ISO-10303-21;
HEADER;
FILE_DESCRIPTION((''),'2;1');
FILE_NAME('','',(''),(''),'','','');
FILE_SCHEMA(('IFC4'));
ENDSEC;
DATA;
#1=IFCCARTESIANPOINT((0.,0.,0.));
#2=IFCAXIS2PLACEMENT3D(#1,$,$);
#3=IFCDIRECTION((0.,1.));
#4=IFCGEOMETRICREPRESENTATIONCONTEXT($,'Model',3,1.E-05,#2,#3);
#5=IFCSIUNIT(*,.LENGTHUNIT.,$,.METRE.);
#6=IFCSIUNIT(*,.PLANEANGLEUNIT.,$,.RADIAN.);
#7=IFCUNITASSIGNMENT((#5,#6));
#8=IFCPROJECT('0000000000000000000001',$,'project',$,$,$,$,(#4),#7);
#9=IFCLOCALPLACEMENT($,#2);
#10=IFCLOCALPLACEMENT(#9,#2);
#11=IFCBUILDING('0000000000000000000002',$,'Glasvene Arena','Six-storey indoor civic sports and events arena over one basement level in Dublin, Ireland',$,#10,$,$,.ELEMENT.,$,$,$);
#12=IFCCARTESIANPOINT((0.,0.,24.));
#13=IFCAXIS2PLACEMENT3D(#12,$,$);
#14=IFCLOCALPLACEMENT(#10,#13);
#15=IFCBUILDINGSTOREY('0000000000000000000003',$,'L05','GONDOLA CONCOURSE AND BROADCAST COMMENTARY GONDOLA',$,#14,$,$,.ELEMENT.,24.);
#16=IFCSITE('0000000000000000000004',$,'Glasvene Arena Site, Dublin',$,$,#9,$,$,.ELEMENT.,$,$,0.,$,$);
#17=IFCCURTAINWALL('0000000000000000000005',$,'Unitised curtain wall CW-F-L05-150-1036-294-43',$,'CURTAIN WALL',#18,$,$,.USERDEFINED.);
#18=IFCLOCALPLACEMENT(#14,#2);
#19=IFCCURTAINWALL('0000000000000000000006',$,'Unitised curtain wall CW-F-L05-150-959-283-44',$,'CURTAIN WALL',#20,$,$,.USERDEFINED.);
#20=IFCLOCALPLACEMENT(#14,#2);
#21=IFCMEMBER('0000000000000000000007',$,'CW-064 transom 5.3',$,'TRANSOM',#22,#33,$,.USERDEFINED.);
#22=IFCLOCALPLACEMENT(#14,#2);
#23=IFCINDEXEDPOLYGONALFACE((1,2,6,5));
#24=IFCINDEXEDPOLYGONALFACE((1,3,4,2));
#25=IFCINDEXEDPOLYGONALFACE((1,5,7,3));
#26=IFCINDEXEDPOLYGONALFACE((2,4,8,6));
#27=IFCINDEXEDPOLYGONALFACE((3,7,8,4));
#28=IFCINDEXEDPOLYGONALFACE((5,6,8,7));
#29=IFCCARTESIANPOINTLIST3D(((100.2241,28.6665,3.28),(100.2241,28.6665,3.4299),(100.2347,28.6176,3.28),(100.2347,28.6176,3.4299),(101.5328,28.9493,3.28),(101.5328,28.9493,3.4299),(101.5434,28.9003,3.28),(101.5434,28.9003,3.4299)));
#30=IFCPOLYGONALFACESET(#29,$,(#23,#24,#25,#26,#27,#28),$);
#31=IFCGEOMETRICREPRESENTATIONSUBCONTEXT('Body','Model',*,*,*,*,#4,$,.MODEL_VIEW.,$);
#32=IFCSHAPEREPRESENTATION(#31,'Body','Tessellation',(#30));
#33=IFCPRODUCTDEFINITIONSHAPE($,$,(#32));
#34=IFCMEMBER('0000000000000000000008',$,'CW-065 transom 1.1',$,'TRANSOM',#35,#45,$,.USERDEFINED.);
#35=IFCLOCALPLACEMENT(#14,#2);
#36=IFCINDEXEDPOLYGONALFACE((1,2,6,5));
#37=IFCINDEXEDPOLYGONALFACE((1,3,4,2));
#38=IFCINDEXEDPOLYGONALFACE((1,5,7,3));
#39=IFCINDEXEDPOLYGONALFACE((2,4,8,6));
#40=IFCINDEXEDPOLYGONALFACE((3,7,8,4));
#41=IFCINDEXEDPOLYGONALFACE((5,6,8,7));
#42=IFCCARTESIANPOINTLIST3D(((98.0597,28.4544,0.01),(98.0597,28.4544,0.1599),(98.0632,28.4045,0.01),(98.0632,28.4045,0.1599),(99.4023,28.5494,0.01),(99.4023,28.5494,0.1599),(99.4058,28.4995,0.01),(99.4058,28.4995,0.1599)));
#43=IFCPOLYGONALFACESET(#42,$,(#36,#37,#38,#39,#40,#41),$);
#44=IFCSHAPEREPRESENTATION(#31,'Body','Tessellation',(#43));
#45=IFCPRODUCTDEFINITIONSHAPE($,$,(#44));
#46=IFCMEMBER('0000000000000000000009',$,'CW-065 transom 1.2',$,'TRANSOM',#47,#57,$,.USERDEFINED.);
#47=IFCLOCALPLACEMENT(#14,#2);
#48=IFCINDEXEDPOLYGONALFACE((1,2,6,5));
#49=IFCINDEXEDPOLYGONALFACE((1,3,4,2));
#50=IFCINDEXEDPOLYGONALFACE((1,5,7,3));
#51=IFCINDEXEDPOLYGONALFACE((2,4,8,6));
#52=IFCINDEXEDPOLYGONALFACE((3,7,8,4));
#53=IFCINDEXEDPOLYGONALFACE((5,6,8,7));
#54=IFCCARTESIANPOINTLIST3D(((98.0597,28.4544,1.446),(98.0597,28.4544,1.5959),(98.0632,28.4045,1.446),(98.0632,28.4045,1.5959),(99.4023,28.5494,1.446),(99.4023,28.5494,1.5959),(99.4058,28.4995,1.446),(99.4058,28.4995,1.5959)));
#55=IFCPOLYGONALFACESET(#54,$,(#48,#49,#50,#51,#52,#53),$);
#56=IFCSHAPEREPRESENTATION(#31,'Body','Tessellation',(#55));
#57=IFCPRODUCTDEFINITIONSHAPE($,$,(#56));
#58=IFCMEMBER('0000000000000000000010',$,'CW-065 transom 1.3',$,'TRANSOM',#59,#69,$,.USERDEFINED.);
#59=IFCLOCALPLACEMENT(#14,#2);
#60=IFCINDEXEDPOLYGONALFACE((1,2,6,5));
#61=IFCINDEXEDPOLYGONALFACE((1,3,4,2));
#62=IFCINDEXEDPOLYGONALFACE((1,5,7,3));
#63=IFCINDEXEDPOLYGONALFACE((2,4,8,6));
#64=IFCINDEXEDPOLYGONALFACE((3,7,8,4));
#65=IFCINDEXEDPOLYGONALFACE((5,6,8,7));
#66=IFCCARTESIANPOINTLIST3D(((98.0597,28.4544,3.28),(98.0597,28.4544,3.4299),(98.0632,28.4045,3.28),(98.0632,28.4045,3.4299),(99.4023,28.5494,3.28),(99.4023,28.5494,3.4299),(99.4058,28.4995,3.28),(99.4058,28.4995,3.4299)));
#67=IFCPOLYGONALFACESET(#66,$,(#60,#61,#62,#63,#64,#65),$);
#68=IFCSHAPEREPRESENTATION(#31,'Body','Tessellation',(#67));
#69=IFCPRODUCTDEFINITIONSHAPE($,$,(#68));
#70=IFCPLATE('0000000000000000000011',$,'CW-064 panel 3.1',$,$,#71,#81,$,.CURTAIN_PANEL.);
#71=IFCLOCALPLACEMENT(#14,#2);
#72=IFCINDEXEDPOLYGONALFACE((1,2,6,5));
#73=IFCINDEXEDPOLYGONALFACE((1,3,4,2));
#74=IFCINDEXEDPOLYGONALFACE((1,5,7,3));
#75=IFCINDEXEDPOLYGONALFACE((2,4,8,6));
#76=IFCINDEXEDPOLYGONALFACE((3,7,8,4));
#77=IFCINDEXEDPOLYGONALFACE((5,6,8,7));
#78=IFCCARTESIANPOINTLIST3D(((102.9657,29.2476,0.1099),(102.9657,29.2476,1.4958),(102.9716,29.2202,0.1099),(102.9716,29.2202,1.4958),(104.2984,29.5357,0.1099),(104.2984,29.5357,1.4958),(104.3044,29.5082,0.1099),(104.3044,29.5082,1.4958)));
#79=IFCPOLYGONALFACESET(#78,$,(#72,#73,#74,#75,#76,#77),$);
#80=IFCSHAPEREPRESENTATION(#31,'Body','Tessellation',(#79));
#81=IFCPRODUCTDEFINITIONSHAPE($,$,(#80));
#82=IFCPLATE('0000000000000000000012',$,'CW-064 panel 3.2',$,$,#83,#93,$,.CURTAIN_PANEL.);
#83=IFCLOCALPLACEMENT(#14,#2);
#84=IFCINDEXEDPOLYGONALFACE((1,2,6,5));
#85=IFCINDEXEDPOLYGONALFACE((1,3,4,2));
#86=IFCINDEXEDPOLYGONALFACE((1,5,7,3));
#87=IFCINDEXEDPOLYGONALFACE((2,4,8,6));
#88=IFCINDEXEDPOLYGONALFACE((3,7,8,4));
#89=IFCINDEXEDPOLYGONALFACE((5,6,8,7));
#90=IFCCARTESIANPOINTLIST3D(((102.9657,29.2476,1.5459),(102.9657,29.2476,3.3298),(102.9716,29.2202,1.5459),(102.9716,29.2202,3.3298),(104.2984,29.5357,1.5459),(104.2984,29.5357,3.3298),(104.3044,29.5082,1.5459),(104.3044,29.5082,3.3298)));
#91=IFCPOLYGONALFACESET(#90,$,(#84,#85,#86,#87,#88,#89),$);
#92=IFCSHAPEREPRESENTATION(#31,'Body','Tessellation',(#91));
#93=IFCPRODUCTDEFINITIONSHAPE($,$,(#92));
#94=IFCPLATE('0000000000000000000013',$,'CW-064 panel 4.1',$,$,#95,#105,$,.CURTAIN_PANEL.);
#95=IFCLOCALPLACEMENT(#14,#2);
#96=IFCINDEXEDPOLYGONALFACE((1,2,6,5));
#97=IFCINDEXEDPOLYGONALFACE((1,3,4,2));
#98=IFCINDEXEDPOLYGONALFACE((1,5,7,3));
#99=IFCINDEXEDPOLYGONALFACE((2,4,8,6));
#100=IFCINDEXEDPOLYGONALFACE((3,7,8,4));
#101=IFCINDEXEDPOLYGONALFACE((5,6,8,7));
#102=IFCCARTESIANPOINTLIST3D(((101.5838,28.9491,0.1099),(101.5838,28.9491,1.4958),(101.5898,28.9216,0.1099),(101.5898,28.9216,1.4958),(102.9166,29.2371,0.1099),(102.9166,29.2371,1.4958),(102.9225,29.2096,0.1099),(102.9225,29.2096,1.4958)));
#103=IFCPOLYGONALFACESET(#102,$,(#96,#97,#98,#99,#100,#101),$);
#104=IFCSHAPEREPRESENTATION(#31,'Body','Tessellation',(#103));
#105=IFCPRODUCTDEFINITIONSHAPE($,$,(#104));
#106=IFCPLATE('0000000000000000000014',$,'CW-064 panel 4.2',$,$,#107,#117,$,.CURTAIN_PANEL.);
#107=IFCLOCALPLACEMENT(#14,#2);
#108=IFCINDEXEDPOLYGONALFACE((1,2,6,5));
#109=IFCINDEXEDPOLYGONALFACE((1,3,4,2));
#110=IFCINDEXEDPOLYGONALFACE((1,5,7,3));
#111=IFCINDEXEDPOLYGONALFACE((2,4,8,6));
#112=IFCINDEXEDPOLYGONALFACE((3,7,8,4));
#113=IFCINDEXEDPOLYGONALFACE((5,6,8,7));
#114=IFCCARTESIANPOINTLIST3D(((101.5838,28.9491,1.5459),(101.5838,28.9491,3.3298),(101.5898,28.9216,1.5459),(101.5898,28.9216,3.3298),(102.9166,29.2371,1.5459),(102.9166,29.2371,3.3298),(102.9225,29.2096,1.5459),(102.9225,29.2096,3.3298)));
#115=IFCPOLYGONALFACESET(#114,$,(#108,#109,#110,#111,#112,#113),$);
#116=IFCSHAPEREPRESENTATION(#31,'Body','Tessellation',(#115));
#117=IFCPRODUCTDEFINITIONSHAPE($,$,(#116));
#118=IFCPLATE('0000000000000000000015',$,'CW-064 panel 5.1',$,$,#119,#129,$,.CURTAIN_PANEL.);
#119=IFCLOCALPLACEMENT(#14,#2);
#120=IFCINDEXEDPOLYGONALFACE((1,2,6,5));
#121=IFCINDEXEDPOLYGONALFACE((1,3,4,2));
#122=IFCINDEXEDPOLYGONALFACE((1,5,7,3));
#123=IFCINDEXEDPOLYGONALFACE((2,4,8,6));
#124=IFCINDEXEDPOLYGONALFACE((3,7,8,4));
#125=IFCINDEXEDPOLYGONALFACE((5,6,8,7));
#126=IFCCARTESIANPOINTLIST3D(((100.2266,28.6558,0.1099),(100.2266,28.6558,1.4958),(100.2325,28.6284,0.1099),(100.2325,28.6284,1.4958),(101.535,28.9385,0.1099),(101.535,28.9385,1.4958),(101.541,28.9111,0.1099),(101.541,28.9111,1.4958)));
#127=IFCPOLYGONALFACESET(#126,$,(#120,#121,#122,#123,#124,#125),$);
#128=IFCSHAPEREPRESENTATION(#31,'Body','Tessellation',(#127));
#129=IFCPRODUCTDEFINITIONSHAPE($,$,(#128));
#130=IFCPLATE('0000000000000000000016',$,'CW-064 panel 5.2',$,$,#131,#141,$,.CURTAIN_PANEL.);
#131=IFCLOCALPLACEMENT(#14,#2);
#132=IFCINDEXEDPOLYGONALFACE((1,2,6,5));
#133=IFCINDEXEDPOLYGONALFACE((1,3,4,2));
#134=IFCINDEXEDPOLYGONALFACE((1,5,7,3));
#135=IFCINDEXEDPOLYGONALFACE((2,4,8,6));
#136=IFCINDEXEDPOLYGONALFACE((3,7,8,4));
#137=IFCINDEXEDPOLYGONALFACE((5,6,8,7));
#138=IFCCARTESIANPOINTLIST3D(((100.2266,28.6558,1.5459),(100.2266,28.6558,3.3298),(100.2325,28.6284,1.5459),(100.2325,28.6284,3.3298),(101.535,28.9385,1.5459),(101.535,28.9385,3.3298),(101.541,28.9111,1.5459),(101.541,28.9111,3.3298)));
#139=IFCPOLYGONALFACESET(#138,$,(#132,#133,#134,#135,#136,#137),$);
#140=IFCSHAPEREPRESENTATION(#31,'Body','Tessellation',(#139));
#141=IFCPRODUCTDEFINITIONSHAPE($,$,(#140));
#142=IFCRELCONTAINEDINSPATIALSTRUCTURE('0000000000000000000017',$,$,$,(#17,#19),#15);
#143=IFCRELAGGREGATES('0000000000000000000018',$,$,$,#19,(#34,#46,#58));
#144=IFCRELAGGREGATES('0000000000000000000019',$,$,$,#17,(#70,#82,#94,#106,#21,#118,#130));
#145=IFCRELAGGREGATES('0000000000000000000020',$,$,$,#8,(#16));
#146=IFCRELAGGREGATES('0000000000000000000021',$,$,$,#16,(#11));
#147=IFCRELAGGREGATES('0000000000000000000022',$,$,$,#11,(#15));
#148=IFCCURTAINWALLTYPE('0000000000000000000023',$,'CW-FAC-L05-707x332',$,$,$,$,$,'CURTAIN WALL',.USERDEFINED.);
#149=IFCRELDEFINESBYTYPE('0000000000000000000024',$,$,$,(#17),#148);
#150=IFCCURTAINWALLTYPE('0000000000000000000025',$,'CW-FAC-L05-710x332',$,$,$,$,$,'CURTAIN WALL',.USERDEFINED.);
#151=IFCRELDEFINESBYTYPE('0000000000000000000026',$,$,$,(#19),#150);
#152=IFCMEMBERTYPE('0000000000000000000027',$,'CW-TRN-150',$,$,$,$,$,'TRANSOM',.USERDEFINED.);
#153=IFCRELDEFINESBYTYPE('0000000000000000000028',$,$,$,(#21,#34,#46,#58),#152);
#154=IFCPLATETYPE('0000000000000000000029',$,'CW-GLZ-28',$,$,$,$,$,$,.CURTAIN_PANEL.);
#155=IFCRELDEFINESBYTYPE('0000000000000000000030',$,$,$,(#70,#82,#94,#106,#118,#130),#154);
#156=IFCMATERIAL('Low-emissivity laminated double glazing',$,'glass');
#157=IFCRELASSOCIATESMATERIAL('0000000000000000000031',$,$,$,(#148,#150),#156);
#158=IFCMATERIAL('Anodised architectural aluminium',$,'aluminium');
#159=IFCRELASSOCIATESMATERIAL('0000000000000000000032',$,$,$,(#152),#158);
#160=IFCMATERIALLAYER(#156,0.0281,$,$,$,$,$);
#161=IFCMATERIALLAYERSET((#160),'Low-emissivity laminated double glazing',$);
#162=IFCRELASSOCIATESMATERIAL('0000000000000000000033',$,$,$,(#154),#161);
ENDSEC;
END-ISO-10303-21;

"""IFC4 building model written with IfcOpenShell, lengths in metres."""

from ifc_helpers import new_model, si_unit, direction, frame, origin, origin_2d, place, context, subcontext, project, spatial, rectangle, extrude, material, layer, layer_set, material_profile, profile_set, type_object, element, aggregate, save


model = new_model("IFC4")

# Units and contexts
model_context = context("Model", 3, precision=1e-05, world=origin(), true_north=direction((0.0, 1.0)))
body_context = subcontext(model_context, "Body", "Model", "MODEL_VIEW")
ifc_project = project(units=[si_unit("LENGTHUNIT", "METRE"), si_unit("PLANEANGLEUNIT", "RADIAN")], contexts=[model_context])

# Site, building, storey
site_placement = place(None, origin())
site = spatial("IfcSite", under=ifc_project, at=site_placement, Name="Glasvene Arena Site, Dublin", CompositionType="ELEMENT", RefElevation=0.0)
building_placement = place(site_placement, origin())
building = spatial("IfcBuilding", under=site, at=building_placement, Name="Glasvene Arena", Description="Six-storey indoor civic sports and events arena over one basement level in Dublin, Ireland", CompositionType="ELEMENT")
storey_placement = place(building_placement, frame((0.0, 0.0, 24.0)))
storey = spatial("IfcBuildingStorey", under=building, at=storey_placement, Name="L05", Description="GONDOLA CONCOURSE AND BROADCAST COMMENTARY GONDOLA", CompositionType="ELEMENT", Elevation=24.0)

# Curtain wall
ifc_material_1 = material(Name="Low-emissivity laminated double glazing", Category="glass")
curtain_wall_type_1 = type_object("IfcCurtainWallType", Name="CW-FAC-L05-707x332", ElementType="CURTAIN WALL", PredefinedType="USERDEFINED", material=ifc_material_1)
curtain_wall_1_placement = place(storey_placement, frame((107.0891, 30.1245, 0.0)))
curtain_wall_1 = element("IfcCurtainWall", 1, at=curtain_wall_1_placement, inside=storey, type_object=curtain_wall_type_1, Name="Unitised curtain wall CW-F-L05-150-1036-294-43", ObjectType="CURTAIN WALL", PredefinedType="USERDEFINED")
ifc_material_2 = material(Name="Anodised architectural aluminium", Category="aluminium")

# Curtain wall
curtain_wall_type_2 = type_object("IfcCurtainWallType", Name="CW-FAC-L05-710x332", ElementType="CURTAIN WALL", PredefinedType="USERDEFINED", material=ifc_material_1)
curtain_wall_2_placement = place(storey_placement, frame((99.4539, 28.5281, 0.0)))
curtain_wall_2 = element("IfcCurtainWall", 2, at=curtain_wall_2_placement, inside=storey, type_object=curtain_wall_type_2, Name="Unitised curtain wall CW-F-L05-150-959-283-44", ObjectType="CURTAIN WALL", PredefinedType="USERDEFINED")

# Members
ifc_material_profile_1 = material_profile(ifc_material_2, rectangle(XDim=0.05, YDim=0.1499, at=origin_2d()), Name="ALU TRANSOM 50x150")
ifc_profile_set_1 = profile_set([ifc_material_profile_1], Name="Anodised architectural aluminium")
member_type_1 = type_object("IfcMemberType", Name="CW-TRN-150", ElementType="TRANSOM", PredefinedType="USERDEFINED", material=ifc_profile_set_1)
member_1_placement = place(storey_placement, frame((101.5381, 28.9248, 3.355), z_axis=(-0.977449, -0.211173, 0.0), x_axis=(0.211173, -0.977449, 0.0)))
member_1 = element("IfcMember", 3, at=member_1_placement, type_object=member_type_1, Name="CW-064 transom 5.3", ObjectType="TRANSOM", PredefinedType="USERDEFINED", context=body_context, shape_type="SweptSolid", body=[
    extrude(rectangle(XDim=0.05, YDim=0.1499, at=origin_2d()), origin(), (0.0, 0.0, 1.0), 1.3389),
])
member_2_placement = place(storey_placement, frame((99.4041, 28.5244, 0.085), z_axis=(-0.997507, -0.070564, 0.0), x_axis=(0.070564, -0.997507, 0.0)))
member_2 = element("IfcMember", 4, at=member_2_placement, type_object=member_type_1, Name="CW-065 transom 1.1", ObjectType="TRANSOM", PredefinedType="USERDEFINED", context=body_context, shape_type="SweptSolid", body=[
    extrude(rectangle(XDim=0.05, YDim=0.1499, at=origin_2d()), origin(), (0.0, 0.0, 1.0), 1.3459),
])
member_3_placement = place(storey_placement, frame((99.4041, 28.5244, 1.521), z_axis=(-0.997507, -0.070564, 0.0), x_axis=(0.070564, -0.997507, 0.0)))
member_3 = element("IfcMember", 5, at=member_3_placement, type_object=member_type_1, Name="CW-065 transom 1.2", ObjectType="TRANSOM", PredefinedType="USERDEFINED", context=body_context, shape_type="SweptSolid", body=[
    extrude(rectangle(XDim=0.05, YDim=0.1499, at=origin_2d()), origin(), (0.0, 0.0, 1.0), 1.3459),
])
member_4_placement = place(storey_placement, frame((99.4041, 28.5244, 3.355), z_axis=(-0.997507, -0.070564, 0.0), x_axis=(0.070564, -0.997507, 0.0)))
member_4 = element("IfcMember", 6, at=member_4_placement, type_object=member_type_1, Name="CW-065 transom 1.3", ObjectType="TRANSOM", PredefinedType="USERDEFINED", context=body_context, shape_type="SweptSolid", body=[
    extrude(rectangle(XDim=0.05, YDim=0.1499, at=origin_2d()), origin(), (0.0, 0.0, 1.0), 1.3459),
])
aggregate(curtain_wall_2, [member_2, member_3, member_4])

# Plates
ifc_layer_1 = layer(ifc_material_1, 0.0281)
ifc_layer_set_1 = layer_set([ifc_layer_1], Name="Low-emissivity laminated double glazing")
plate_type = type_object("IfcPlateType", Name="CW-GLZ-28", PredefinedType="CURTAIN_PANEL", material=ifc_layer_set_1)
plate_1_placement = place(storey_placement, frame((103.635, 29.3779, 0.1099), z_axis=(0.0, 0.0, 1.0), x_axis=(-0.977438, -0.211221, 0.0)))
plate_1 = element("IfcPlate", 7, at=plate_1_placement, type_object=plate_type, Name="CW-064 panel 3.1", PredefinedType="CURTAIN_PANEL", context=body_context, shape_type="SweptSolid", body=[
    extrude(rectangle(XDim=1.3635, YDim=0.0281, at=origin_2d()), origin(), (0.0, 0.0, 1.0), 1.386),
])
plate_2_placement = place(storey_placement, frame((103.635, 29.3779, 1.5459), z_axis=(0.0, 0.0, 1.0), x_axis=(-0.977438, -0.211221, 0.0)))
plate_2 = element("IfcPlate", 8, at=plate_2_placement, type_object=plate_type, Name="CW-064 panel 3.2", PredefinedType="CURTAIN_PANEL", context=body_context, shape_type="SweptSolid", body=[
    extrude(rectangle(XDim=1.3635, YDim=0.0281, at=origin_2d()), origin(), (0.0, 0.0, 1.0), 1.7839),
])
plate_3_placement = place(storey_placement, frame((102.2532, 29.0793, 0.1099), z_axis=(0.0, 0.0, 1.0), x_axis=(-0.977438, -0.211221, 0.0)))
plate_3 = element("IfcPlate", 9, at=plate_3_placement, type_object=plate_type, Name="CW-064 panel 4.1", PredefinedType="CURTAIN_PANEL", context=body_context, shape_type="SweptSolid", body=[
    extrude(rectangle(XDim=1.3635, YDim=0.0281, at=origin_2d()), origin(), (0.0, 0.0, 1.0), 1.386),
])
plate_4_placement = place(storey_placement, frame((102.2532, 29.0793, 1.5459), z_axis=(0.0, 0.0, 1.0), x_axis=(-0.977438, -0.211221, 0.0)))
plate_4 = element("IfcPlate", 10, at=plate_4_placement, type_object=plate_type, Name="CW-064 panel 4.2", PredefinedType="CURTAIN_PANEL", context=body_context, shape_type="SweptSolid", body=[
    extrude(rectangle(XDim=1.3635, YDim=0.0281, at=origin_2d()), origin(), (0.0, 0.0, 1.0), 1.7839),
])
plate_5_placement = place(storey_placement, frame((100.8838, 28.7834, 0.1099), z_axis=(0.0, 0.0, 1.0), x_axis=(-0.977438, -0.211221, 0.0)))
plate_5 = element("IfcPlate", 11, at=plate_5_placement, type_object=plate_type, Name="CW-064 panel 5.1", PredefinedType="CURTAIN_PANEL", context=body_context, shape_type="SweptSolid", body=[
    extrude(rectangle(XDim=1.3386, YDim=0.0281, at=origin_2d()), origin(), (0.0, 0.0, 1.0), 1.386),
])
plate_6_placement = place(storey_placement, frame((100.8838, 28.7834, 1.5459), z_axis=(0.0, 0.0, 1.0), x_axis=(-0.977438, -0.211221, 0.0)))
plate_6 = element("IfcPlate", 12, at=plate_6_placement, type_object=plate_type, Name="CW-064 panel 5.2", PredefinedType="CURTAIN_PANEL", context=body_context, shape_type="SweptSolid", body=[
    extrude(rectangle(XDim=1.3386, YDim=0.0281, at=origin_2d()), origin(), (0.0, 0.0, 1.0), 1.7839),
])
aggregate(curtain_wall_1, [plate_1, plate_2, plate_3, plate_4, member_1, plate_5, plate_6])

save(model, "model.ifc")
